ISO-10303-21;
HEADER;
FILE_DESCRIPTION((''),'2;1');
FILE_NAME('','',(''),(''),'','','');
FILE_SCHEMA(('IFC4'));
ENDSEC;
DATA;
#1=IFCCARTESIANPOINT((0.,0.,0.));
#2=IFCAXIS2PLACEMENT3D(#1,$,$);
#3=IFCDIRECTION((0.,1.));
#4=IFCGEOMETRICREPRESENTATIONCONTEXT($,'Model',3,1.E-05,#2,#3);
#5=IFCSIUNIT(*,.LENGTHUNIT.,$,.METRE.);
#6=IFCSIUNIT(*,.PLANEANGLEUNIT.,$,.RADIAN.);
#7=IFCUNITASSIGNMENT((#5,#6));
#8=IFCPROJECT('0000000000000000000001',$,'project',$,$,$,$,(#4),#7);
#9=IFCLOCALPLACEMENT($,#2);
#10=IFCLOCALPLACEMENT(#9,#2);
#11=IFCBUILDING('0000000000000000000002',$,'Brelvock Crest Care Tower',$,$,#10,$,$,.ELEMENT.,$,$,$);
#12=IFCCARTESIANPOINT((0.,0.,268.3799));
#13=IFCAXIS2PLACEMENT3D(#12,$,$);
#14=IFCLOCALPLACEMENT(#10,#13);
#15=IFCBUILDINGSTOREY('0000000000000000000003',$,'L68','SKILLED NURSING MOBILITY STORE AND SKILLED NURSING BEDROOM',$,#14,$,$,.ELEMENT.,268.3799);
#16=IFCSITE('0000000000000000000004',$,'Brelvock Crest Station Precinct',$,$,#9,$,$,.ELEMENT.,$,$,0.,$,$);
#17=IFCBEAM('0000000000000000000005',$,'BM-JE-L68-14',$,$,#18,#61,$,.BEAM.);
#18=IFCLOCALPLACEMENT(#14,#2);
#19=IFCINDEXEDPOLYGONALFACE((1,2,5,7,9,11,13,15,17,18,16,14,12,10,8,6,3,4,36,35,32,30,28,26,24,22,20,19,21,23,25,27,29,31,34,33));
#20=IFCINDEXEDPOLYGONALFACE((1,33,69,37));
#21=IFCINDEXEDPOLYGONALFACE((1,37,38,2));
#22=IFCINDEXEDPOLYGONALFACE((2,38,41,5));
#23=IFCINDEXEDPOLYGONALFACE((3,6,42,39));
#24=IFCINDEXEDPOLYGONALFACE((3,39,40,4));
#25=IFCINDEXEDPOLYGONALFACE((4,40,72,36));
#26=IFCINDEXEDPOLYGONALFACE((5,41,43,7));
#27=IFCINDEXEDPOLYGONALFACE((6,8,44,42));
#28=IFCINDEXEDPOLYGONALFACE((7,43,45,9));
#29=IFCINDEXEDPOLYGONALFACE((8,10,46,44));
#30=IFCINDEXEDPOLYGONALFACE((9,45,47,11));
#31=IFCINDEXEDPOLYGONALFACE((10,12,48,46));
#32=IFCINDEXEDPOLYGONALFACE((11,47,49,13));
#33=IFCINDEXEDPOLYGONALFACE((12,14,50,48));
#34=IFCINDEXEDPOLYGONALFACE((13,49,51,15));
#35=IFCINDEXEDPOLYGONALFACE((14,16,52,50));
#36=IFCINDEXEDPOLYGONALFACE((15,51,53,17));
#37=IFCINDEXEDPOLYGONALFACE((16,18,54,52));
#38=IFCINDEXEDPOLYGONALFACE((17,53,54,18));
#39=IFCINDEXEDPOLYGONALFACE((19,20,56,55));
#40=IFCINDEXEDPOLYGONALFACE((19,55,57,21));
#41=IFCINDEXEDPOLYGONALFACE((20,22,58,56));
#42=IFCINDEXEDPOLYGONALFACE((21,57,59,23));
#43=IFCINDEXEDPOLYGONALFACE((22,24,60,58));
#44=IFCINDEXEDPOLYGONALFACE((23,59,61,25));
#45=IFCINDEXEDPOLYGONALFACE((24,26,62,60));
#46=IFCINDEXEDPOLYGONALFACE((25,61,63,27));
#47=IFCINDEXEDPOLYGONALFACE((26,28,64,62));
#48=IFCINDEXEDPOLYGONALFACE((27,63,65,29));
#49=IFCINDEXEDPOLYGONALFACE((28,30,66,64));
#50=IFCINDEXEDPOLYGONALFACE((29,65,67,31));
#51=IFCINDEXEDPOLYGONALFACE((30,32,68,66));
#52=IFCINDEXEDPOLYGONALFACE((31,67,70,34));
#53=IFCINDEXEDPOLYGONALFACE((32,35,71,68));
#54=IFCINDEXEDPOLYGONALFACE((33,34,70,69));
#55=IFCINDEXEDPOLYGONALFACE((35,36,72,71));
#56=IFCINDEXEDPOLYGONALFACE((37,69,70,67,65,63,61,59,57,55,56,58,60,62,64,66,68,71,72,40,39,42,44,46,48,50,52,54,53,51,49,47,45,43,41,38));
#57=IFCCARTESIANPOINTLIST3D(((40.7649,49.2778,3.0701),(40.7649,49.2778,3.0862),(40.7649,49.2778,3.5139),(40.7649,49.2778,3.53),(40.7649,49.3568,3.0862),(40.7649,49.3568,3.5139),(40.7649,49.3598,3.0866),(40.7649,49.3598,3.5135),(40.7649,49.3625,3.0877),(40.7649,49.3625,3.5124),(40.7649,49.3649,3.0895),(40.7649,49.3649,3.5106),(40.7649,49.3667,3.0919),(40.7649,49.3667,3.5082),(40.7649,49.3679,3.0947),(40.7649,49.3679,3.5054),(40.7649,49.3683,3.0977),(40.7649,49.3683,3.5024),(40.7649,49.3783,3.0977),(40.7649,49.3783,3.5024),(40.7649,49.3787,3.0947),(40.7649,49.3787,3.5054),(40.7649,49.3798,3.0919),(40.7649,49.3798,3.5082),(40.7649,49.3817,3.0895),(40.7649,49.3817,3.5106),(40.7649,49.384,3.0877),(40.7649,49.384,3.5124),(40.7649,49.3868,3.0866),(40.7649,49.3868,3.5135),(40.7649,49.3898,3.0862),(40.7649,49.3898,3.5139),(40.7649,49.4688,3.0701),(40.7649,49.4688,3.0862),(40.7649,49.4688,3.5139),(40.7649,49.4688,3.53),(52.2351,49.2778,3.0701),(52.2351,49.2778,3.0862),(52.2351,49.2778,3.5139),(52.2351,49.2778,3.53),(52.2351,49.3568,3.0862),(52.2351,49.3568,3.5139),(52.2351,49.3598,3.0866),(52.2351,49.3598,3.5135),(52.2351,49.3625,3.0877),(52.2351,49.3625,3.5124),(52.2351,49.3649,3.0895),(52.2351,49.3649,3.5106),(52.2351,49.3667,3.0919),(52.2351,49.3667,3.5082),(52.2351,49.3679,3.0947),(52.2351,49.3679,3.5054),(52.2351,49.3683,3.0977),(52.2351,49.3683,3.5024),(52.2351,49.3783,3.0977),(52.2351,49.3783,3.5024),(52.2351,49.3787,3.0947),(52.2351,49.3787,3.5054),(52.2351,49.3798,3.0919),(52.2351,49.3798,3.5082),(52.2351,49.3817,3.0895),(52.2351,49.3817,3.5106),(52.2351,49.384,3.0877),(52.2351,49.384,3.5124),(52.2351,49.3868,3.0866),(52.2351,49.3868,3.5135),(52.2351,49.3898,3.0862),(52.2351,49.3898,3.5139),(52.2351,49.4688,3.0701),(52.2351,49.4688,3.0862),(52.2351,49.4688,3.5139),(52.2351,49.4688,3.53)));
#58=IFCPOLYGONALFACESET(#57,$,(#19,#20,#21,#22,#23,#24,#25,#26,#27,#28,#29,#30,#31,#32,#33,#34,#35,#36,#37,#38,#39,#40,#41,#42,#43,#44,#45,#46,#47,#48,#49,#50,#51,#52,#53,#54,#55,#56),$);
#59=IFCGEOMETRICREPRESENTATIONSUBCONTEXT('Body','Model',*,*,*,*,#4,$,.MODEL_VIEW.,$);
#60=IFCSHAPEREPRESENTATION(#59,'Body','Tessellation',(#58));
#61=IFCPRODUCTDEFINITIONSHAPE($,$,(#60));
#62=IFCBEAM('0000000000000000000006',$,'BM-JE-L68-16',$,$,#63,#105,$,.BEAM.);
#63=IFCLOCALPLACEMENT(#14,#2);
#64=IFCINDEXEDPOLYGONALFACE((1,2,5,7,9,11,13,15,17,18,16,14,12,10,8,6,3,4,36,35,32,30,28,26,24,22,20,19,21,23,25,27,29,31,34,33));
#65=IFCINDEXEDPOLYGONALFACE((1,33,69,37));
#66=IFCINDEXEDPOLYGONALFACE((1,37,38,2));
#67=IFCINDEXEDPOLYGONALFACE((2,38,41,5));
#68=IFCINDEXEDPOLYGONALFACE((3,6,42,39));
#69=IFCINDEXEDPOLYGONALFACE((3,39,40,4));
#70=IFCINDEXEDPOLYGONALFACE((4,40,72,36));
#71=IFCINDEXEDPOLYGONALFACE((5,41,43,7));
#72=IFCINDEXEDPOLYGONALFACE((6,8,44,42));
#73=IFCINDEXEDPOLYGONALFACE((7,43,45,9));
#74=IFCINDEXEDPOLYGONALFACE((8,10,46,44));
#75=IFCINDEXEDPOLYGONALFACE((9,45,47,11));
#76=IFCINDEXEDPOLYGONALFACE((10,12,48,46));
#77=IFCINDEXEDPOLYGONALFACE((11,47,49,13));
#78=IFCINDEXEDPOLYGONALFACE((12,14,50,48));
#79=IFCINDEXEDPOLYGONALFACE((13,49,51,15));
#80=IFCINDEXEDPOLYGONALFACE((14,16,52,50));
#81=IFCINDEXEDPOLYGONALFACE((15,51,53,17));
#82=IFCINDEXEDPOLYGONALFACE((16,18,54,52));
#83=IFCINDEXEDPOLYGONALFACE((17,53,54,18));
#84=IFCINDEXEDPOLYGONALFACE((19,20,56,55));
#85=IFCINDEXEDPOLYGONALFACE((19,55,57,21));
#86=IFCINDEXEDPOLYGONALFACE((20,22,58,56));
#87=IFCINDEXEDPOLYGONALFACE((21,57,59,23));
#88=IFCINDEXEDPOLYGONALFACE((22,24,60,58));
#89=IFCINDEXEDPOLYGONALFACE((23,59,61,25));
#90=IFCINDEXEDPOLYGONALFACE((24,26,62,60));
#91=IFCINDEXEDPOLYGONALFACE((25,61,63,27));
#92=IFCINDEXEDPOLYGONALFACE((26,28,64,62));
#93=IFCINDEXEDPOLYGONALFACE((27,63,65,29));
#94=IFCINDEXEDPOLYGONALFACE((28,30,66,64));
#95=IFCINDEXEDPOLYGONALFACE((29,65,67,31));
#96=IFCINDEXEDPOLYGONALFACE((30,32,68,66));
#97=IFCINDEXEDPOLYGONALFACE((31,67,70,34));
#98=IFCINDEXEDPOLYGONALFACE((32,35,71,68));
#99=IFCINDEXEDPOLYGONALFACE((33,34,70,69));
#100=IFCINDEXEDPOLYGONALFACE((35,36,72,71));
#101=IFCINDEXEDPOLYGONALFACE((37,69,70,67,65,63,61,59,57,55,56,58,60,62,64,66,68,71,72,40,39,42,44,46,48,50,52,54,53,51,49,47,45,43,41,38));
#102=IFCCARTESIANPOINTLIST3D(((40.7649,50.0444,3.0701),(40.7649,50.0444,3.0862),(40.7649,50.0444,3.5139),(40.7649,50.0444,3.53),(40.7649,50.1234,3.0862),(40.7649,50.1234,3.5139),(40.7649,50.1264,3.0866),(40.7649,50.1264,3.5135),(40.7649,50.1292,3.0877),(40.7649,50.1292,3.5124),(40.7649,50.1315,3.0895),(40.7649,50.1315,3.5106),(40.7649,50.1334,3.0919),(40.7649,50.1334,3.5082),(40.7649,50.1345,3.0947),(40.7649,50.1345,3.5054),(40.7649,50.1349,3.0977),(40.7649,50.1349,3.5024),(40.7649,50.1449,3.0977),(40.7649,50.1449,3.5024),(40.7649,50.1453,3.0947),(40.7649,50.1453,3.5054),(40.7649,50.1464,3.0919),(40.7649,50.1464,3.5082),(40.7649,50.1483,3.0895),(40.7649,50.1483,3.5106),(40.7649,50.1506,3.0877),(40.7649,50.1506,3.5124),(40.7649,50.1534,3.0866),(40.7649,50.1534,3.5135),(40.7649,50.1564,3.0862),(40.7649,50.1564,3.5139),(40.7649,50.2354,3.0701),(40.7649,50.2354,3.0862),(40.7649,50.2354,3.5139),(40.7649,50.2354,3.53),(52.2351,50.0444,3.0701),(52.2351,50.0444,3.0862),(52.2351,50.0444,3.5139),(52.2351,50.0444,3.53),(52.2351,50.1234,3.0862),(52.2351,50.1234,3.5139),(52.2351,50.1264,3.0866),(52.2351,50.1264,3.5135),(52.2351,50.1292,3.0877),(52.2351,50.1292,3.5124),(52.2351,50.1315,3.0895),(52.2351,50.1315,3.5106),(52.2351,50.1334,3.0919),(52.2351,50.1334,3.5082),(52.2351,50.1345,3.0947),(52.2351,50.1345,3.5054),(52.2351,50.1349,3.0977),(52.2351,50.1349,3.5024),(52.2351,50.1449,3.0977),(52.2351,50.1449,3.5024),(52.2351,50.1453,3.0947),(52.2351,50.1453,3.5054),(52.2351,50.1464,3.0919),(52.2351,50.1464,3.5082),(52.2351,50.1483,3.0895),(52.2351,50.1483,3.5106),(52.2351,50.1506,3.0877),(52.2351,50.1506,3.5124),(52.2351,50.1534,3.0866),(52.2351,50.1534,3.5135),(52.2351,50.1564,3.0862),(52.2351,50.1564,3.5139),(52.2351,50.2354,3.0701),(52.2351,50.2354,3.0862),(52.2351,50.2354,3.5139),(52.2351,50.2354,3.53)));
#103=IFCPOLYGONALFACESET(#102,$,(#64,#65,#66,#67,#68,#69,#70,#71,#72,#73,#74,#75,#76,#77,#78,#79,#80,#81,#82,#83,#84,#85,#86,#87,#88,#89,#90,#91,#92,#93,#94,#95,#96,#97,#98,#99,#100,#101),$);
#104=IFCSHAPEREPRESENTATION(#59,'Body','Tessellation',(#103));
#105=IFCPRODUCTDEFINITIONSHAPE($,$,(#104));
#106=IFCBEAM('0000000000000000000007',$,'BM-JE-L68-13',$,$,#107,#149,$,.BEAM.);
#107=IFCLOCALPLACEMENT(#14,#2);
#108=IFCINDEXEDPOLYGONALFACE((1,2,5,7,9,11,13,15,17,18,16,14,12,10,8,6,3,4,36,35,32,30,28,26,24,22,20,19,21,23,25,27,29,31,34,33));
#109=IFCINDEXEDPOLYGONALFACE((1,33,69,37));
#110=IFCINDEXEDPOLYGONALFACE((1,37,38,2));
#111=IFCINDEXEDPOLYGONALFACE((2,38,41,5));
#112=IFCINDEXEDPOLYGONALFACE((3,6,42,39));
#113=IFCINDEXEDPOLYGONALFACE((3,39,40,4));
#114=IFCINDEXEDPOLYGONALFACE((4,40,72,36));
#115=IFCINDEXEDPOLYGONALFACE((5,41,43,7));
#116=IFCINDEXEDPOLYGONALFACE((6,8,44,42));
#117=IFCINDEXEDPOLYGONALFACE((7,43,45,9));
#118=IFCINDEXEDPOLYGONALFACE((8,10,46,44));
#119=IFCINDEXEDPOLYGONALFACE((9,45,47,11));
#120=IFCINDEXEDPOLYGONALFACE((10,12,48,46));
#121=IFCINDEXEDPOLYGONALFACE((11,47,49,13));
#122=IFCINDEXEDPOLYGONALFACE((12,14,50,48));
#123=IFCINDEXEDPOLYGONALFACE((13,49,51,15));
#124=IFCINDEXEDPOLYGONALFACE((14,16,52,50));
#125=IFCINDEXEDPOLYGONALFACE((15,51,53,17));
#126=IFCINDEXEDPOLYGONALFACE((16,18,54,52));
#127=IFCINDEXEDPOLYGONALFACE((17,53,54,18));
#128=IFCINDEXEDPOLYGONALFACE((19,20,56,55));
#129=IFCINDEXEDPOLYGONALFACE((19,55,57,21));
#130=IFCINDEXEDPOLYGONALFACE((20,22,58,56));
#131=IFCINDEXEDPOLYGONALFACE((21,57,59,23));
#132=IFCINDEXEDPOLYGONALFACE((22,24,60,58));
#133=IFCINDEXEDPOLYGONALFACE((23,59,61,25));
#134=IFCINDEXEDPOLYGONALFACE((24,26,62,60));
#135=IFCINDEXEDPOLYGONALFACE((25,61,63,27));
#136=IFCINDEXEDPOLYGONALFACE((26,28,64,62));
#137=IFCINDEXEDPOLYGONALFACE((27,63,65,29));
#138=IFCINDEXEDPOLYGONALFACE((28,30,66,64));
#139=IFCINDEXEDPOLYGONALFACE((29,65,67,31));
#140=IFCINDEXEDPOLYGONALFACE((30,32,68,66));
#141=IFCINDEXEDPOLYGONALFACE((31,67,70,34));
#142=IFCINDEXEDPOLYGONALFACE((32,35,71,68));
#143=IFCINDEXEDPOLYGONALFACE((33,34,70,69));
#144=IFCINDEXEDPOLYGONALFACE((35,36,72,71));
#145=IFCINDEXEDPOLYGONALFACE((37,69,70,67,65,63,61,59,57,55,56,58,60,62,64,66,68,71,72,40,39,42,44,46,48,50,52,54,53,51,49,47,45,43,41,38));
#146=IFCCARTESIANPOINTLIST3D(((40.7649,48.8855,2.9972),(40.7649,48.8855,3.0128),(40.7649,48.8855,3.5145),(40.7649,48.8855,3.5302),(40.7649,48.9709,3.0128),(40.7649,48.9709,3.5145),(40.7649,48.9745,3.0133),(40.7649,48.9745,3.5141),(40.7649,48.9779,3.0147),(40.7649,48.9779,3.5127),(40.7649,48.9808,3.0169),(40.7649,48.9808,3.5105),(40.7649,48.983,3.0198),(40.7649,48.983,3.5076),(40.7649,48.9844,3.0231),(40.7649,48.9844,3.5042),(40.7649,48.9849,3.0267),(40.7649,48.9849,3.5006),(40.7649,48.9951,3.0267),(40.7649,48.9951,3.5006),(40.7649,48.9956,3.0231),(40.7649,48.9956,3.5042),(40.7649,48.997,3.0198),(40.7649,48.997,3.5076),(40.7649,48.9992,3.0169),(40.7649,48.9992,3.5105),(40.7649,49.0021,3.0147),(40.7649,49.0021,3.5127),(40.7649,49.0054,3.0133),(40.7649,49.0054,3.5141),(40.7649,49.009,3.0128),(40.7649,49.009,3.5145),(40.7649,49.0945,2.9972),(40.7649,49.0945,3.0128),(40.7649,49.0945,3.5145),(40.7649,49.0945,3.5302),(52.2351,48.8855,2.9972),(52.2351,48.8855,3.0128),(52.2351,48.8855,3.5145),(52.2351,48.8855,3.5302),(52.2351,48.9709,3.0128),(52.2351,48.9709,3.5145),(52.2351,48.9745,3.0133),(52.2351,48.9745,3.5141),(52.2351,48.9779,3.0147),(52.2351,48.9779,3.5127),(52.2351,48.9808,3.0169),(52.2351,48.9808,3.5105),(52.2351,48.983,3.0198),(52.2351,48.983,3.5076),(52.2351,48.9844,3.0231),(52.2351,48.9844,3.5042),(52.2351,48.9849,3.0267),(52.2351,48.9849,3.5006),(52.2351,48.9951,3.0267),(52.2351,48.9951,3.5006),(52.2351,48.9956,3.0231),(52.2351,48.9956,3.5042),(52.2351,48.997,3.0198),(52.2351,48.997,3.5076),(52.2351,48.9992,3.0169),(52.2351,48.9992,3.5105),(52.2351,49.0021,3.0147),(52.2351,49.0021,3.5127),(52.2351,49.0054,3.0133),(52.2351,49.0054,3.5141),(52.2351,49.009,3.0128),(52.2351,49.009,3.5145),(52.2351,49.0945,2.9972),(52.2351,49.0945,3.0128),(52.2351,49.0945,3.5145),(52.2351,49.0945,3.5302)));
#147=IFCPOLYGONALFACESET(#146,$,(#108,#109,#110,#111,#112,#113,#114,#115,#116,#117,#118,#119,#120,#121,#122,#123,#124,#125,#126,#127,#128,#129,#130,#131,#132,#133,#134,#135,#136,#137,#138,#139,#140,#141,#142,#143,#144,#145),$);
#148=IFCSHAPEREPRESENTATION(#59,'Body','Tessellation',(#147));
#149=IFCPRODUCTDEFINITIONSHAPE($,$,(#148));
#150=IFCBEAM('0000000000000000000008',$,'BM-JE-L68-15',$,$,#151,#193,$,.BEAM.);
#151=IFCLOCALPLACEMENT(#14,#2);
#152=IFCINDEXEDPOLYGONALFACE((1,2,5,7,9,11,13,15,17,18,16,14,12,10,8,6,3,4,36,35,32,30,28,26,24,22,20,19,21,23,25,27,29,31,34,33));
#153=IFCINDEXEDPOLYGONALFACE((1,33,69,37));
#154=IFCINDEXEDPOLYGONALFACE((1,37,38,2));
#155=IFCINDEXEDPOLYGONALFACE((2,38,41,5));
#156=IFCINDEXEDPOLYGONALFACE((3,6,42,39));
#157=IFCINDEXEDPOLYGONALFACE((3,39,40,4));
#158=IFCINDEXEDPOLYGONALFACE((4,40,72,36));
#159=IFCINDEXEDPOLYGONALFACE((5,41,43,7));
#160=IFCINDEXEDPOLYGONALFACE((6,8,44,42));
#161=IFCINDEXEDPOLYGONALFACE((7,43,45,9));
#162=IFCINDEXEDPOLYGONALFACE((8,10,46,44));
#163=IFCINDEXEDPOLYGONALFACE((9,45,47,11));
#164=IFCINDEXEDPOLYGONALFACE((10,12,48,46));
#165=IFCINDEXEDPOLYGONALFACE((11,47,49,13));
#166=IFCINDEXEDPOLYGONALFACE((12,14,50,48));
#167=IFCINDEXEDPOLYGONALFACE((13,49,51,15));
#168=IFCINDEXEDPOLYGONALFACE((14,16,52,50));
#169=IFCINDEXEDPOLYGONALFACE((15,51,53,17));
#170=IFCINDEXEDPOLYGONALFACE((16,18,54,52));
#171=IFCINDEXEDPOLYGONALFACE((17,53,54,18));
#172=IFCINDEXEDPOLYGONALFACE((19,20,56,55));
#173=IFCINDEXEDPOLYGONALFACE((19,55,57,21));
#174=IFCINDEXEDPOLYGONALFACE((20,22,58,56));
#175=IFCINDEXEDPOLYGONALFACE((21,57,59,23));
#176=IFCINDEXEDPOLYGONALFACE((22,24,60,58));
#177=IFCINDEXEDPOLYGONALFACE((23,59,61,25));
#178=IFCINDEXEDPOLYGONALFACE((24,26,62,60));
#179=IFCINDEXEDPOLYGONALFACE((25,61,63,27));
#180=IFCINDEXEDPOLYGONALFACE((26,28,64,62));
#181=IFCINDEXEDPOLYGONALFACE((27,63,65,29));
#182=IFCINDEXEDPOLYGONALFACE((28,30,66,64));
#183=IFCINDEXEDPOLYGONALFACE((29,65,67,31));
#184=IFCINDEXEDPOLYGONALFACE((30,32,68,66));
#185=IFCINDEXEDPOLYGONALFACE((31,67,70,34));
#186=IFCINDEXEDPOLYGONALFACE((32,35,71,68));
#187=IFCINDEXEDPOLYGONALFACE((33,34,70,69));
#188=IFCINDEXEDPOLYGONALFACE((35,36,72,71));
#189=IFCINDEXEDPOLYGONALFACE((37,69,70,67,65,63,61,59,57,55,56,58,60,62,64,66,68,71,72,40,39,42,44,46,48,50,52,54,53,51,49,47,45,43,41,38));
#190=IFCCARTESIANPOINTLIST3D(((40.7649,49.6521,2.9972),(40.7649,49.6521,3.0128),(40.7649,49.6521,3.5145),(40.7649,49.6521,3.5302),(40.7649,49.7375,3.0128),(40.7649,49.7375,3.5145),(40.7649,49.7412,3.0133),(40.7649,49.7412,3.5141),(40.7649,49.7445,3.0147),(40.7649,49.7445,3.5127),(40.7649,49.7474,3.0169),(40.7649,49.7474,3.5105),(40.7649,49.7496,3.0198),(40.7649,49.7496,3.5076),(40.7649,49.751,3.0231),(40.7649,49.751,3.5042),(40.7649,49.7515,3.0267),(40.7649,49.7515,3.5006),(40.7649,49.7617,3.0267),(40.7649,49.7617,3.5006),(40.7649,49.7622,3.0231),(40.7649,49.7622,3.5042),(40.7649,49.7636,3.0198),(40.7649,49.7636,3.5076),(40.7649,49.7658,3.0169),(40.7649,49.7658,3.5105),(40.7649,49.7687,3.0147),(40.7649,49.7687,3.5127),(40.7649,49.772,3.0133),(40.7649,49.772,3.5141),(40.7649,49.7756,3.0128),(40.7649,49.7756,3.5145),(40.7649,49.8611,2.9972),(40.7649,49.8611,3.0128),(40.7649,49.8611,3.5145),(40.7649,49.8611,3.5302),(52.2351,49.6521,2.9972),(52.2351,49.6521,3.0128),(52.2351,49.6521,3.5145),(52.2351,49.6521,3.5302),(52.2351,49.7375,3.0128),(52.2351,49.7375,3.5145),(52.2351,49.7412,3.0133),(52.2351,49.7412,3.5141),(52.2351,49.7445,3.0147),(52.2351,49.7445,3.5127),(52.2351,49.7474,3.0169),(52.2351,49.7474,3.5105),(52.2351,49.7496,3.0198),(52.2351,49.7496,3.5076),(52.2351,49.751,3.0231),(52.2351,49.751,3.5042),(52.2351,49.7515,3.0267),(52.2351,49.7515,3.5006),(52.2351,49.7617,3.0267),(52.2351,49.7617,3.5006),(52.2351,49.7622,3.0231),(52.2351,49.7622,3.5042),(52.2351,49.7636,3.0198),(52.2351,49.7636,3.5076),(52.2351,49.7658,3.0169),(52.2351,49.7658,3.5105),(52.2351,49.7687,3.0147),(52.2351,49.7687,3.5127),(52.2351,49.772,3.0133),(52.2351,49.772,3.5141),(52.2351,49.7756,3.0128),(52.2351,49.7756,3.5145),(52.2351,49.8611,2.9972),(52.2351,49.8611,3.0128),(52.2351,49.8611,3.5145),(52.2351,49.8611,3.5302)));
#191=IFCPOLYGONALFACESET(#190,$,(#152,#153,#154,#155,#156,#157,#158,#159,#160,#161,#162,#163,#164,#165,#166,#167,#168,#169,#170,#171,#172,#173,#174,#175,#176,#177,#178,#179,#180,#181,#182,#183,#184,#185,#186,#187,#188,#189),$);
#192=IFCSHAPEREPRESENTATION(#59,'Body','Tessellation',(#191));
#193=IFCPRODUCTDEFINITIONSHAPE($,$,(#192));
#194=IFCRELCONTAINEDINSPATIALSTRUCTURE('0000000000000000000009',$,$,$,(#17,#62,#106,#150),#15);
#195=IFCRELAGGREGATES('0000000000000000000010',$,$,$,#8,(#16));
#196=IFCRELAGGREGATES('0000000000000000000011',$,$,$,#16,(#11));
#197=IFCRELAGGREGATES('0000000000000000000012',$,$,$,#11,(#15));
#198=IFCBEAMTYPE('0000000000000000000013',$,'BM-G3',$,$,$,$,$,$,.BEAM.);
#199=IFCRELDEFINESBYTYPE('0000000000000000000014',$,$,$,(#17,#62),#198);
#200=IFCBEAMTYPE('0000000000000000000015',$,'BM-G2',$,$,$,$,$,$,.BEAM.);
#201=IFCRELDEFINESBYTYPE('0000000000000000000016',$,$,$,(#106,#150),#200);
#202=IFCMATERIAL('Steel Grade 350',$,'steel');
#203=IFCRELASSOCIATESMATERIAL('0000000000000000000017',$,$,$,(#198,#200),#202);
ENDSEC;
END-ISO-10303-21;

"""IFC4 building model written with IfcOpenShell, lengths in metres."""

from ifc_helpers import new_model, si_unit, direction, frame, origin, origin_2d, place, context, subcontext, project, spatial, i_section, extrude, source, transform, mapped, material, material_profile, profile_set, type_object, element, save


model = new_model("IFC4")

# Units and contexts
model_context = context("Model", 3, precision=1e-05, world=origin(), true_north=direction((0.0, 1.0)))
body_context = subcontext(model_context, "Body", "Model", "MODEL_VIEW")
ifc_project = project(units=[si_unit("LENGTHUNIT", "METRE"), si_unit("PLANEANGLEUNIT", "RADIAN")], contexts=[model_context])

# Site, building, storey
site_placement = place(None, origin())
site = spatial("IfcSite", under=ifc_project, at=site_placement, Name="Brelvock Crest Station Precinct", CompositionType="ELEMENT", RefElevation=0.0)
building_placement = place(site_placement, origin())
building = spatial("IfcBuilding", under=site, at=building_placement, Name="Brelvock Crest Care Tower", CompositionType="ELEMENT")
storey_placement = place(building_placement, frame((0.0, 0.0, 268.3799)))
storey = spatial("IfcBuildingStorey", under=building, at=storey_placement, Name="L68", Description="SKILLED NURSING MOBILITY STORE AND SKILLED NURSING BEDROOM", CompositionType="ELEMENT", Elevation=268.3799)

# Beams
ifc_material_1 = material(Name="Steel Grade 350", Category="steel")
ifc_material_profile_1 = material_profile(ifc_material_1, i_section(OverallWidth=0.1909, OverallDepth=0.46, WebThickness=0.01, FlangeThickness=0.0161, FilletRadius=0.0115, at=origin_2d()), Name="460UB82.1")
ifc_profile_set_1 = profile_set([ifc_material_profile_1], Name="Steel Grade 350")
beam_type_1 = type_object("IfcBeamType", Name="BM-G3", PredefinedType="BEAM", material=ifc_profile_set_1)
shared_shape_1 = source(origin(), body_context, "Body", "SweptSolid", [
    extrude(i_section(OverallWidth=0.1909, OverallDepth=0.46, WebThickness=0.01, FlangeThickness=0.0161, FilletRadius=0.0115, at=origin_2d()), origin(), (0.0, 0.0, 1.0), 11.4702),
])
for number, where, z_axis, x_axis, name in (
    (1, (40.7649, 49.3733, 3.3), (1.0, 0.0, 0.0), (0.0, 1.0, 0.0), "BM-JE-L68-14"),
    (2, (40.7649, 50.1399, 3.3), (1.0, 0.0, 0.0), (0.0, 1.0, 0.0), "BM-JE-L68-16"),
):
    element("IfcBeam", number, at=place(storey_placement, frame(where, z_axis=z_axis, x_axis=x_axis)), inside=storey, type_object=beam_type_1, Name=name, PredefinedType="BEAM", context=body_context, shape_type="MappedRepresentation", body=[
        mapped(shared_shape_1, transform((0.0, 0.0, 0.0), x_axis=(1.0, 0.0, 0.0), y_axis=(0.0, 1.0, 0.0), z_axis=(0.0, 0.0, 1.0), scale=1.0)),
    ])
ifc_material_profile_2 = material_profile(ifc_material_1, i_section(OverallWidth=0.209, OverallDepth=0.533, WebThickness=0.0103, FlangeThickness=0.0156, FilletRadius=0.0139, at=origin_2d()), Name="530UB92.4")
ifc_profile_set_2 = profile_set([ifc_material_profile_2], Name="Steel Grade 350")
beam_type_2 = type_object("IfcBeamType", Name="BM-G2", PredefinedType="BEAM", material=ifc_profile_set_2)
shared_shape_2 = source(origin(), body_context, "Body", "SweptSolid", [
    extrude(i_section(OverallWidth=0.209, OverallDepth=0.533, WebThickness=0.0103, FlangeThickness=0.0156, FilletRadius=0.0139, at=origin_2d()), origin(), (0.0, 0.0, 1.0), 11.4702),
])
for number, where, z_axis, x_axis, name in (
    (3, (40.7649, 48.99, 3.2637), (1.0, 0.0, 0.0), (0.0, 1.0, 0.0), "BM-JE-L68-13"),
    (4, (40.7649, 49.7566, 3.2637), (1.0, 0.0, 0.0), (0.0, 1.0, 0.0), "BM-JE-L68-15"),
):
    element("IfcBeam", number, at=place(storey_placement, frame(where, z_axis=z_axis, x_axis=x_axis)), inside=storey, type_object=beam_type_2, Name=name, PredefinedType="BEAM", context=body_context, shape_type="MappedRepresentation", body=[
        mapped(shared_shape_2, transform((0.0, 0.0, 0.0), x_axis=(1.0, 0.0, 0.0), y_axis=(0.0, 1.0, 0.0), z_axis=(0.0, 0.0, 1.0), scale=1.0)),
    ])

save(model, "model.ifc")
